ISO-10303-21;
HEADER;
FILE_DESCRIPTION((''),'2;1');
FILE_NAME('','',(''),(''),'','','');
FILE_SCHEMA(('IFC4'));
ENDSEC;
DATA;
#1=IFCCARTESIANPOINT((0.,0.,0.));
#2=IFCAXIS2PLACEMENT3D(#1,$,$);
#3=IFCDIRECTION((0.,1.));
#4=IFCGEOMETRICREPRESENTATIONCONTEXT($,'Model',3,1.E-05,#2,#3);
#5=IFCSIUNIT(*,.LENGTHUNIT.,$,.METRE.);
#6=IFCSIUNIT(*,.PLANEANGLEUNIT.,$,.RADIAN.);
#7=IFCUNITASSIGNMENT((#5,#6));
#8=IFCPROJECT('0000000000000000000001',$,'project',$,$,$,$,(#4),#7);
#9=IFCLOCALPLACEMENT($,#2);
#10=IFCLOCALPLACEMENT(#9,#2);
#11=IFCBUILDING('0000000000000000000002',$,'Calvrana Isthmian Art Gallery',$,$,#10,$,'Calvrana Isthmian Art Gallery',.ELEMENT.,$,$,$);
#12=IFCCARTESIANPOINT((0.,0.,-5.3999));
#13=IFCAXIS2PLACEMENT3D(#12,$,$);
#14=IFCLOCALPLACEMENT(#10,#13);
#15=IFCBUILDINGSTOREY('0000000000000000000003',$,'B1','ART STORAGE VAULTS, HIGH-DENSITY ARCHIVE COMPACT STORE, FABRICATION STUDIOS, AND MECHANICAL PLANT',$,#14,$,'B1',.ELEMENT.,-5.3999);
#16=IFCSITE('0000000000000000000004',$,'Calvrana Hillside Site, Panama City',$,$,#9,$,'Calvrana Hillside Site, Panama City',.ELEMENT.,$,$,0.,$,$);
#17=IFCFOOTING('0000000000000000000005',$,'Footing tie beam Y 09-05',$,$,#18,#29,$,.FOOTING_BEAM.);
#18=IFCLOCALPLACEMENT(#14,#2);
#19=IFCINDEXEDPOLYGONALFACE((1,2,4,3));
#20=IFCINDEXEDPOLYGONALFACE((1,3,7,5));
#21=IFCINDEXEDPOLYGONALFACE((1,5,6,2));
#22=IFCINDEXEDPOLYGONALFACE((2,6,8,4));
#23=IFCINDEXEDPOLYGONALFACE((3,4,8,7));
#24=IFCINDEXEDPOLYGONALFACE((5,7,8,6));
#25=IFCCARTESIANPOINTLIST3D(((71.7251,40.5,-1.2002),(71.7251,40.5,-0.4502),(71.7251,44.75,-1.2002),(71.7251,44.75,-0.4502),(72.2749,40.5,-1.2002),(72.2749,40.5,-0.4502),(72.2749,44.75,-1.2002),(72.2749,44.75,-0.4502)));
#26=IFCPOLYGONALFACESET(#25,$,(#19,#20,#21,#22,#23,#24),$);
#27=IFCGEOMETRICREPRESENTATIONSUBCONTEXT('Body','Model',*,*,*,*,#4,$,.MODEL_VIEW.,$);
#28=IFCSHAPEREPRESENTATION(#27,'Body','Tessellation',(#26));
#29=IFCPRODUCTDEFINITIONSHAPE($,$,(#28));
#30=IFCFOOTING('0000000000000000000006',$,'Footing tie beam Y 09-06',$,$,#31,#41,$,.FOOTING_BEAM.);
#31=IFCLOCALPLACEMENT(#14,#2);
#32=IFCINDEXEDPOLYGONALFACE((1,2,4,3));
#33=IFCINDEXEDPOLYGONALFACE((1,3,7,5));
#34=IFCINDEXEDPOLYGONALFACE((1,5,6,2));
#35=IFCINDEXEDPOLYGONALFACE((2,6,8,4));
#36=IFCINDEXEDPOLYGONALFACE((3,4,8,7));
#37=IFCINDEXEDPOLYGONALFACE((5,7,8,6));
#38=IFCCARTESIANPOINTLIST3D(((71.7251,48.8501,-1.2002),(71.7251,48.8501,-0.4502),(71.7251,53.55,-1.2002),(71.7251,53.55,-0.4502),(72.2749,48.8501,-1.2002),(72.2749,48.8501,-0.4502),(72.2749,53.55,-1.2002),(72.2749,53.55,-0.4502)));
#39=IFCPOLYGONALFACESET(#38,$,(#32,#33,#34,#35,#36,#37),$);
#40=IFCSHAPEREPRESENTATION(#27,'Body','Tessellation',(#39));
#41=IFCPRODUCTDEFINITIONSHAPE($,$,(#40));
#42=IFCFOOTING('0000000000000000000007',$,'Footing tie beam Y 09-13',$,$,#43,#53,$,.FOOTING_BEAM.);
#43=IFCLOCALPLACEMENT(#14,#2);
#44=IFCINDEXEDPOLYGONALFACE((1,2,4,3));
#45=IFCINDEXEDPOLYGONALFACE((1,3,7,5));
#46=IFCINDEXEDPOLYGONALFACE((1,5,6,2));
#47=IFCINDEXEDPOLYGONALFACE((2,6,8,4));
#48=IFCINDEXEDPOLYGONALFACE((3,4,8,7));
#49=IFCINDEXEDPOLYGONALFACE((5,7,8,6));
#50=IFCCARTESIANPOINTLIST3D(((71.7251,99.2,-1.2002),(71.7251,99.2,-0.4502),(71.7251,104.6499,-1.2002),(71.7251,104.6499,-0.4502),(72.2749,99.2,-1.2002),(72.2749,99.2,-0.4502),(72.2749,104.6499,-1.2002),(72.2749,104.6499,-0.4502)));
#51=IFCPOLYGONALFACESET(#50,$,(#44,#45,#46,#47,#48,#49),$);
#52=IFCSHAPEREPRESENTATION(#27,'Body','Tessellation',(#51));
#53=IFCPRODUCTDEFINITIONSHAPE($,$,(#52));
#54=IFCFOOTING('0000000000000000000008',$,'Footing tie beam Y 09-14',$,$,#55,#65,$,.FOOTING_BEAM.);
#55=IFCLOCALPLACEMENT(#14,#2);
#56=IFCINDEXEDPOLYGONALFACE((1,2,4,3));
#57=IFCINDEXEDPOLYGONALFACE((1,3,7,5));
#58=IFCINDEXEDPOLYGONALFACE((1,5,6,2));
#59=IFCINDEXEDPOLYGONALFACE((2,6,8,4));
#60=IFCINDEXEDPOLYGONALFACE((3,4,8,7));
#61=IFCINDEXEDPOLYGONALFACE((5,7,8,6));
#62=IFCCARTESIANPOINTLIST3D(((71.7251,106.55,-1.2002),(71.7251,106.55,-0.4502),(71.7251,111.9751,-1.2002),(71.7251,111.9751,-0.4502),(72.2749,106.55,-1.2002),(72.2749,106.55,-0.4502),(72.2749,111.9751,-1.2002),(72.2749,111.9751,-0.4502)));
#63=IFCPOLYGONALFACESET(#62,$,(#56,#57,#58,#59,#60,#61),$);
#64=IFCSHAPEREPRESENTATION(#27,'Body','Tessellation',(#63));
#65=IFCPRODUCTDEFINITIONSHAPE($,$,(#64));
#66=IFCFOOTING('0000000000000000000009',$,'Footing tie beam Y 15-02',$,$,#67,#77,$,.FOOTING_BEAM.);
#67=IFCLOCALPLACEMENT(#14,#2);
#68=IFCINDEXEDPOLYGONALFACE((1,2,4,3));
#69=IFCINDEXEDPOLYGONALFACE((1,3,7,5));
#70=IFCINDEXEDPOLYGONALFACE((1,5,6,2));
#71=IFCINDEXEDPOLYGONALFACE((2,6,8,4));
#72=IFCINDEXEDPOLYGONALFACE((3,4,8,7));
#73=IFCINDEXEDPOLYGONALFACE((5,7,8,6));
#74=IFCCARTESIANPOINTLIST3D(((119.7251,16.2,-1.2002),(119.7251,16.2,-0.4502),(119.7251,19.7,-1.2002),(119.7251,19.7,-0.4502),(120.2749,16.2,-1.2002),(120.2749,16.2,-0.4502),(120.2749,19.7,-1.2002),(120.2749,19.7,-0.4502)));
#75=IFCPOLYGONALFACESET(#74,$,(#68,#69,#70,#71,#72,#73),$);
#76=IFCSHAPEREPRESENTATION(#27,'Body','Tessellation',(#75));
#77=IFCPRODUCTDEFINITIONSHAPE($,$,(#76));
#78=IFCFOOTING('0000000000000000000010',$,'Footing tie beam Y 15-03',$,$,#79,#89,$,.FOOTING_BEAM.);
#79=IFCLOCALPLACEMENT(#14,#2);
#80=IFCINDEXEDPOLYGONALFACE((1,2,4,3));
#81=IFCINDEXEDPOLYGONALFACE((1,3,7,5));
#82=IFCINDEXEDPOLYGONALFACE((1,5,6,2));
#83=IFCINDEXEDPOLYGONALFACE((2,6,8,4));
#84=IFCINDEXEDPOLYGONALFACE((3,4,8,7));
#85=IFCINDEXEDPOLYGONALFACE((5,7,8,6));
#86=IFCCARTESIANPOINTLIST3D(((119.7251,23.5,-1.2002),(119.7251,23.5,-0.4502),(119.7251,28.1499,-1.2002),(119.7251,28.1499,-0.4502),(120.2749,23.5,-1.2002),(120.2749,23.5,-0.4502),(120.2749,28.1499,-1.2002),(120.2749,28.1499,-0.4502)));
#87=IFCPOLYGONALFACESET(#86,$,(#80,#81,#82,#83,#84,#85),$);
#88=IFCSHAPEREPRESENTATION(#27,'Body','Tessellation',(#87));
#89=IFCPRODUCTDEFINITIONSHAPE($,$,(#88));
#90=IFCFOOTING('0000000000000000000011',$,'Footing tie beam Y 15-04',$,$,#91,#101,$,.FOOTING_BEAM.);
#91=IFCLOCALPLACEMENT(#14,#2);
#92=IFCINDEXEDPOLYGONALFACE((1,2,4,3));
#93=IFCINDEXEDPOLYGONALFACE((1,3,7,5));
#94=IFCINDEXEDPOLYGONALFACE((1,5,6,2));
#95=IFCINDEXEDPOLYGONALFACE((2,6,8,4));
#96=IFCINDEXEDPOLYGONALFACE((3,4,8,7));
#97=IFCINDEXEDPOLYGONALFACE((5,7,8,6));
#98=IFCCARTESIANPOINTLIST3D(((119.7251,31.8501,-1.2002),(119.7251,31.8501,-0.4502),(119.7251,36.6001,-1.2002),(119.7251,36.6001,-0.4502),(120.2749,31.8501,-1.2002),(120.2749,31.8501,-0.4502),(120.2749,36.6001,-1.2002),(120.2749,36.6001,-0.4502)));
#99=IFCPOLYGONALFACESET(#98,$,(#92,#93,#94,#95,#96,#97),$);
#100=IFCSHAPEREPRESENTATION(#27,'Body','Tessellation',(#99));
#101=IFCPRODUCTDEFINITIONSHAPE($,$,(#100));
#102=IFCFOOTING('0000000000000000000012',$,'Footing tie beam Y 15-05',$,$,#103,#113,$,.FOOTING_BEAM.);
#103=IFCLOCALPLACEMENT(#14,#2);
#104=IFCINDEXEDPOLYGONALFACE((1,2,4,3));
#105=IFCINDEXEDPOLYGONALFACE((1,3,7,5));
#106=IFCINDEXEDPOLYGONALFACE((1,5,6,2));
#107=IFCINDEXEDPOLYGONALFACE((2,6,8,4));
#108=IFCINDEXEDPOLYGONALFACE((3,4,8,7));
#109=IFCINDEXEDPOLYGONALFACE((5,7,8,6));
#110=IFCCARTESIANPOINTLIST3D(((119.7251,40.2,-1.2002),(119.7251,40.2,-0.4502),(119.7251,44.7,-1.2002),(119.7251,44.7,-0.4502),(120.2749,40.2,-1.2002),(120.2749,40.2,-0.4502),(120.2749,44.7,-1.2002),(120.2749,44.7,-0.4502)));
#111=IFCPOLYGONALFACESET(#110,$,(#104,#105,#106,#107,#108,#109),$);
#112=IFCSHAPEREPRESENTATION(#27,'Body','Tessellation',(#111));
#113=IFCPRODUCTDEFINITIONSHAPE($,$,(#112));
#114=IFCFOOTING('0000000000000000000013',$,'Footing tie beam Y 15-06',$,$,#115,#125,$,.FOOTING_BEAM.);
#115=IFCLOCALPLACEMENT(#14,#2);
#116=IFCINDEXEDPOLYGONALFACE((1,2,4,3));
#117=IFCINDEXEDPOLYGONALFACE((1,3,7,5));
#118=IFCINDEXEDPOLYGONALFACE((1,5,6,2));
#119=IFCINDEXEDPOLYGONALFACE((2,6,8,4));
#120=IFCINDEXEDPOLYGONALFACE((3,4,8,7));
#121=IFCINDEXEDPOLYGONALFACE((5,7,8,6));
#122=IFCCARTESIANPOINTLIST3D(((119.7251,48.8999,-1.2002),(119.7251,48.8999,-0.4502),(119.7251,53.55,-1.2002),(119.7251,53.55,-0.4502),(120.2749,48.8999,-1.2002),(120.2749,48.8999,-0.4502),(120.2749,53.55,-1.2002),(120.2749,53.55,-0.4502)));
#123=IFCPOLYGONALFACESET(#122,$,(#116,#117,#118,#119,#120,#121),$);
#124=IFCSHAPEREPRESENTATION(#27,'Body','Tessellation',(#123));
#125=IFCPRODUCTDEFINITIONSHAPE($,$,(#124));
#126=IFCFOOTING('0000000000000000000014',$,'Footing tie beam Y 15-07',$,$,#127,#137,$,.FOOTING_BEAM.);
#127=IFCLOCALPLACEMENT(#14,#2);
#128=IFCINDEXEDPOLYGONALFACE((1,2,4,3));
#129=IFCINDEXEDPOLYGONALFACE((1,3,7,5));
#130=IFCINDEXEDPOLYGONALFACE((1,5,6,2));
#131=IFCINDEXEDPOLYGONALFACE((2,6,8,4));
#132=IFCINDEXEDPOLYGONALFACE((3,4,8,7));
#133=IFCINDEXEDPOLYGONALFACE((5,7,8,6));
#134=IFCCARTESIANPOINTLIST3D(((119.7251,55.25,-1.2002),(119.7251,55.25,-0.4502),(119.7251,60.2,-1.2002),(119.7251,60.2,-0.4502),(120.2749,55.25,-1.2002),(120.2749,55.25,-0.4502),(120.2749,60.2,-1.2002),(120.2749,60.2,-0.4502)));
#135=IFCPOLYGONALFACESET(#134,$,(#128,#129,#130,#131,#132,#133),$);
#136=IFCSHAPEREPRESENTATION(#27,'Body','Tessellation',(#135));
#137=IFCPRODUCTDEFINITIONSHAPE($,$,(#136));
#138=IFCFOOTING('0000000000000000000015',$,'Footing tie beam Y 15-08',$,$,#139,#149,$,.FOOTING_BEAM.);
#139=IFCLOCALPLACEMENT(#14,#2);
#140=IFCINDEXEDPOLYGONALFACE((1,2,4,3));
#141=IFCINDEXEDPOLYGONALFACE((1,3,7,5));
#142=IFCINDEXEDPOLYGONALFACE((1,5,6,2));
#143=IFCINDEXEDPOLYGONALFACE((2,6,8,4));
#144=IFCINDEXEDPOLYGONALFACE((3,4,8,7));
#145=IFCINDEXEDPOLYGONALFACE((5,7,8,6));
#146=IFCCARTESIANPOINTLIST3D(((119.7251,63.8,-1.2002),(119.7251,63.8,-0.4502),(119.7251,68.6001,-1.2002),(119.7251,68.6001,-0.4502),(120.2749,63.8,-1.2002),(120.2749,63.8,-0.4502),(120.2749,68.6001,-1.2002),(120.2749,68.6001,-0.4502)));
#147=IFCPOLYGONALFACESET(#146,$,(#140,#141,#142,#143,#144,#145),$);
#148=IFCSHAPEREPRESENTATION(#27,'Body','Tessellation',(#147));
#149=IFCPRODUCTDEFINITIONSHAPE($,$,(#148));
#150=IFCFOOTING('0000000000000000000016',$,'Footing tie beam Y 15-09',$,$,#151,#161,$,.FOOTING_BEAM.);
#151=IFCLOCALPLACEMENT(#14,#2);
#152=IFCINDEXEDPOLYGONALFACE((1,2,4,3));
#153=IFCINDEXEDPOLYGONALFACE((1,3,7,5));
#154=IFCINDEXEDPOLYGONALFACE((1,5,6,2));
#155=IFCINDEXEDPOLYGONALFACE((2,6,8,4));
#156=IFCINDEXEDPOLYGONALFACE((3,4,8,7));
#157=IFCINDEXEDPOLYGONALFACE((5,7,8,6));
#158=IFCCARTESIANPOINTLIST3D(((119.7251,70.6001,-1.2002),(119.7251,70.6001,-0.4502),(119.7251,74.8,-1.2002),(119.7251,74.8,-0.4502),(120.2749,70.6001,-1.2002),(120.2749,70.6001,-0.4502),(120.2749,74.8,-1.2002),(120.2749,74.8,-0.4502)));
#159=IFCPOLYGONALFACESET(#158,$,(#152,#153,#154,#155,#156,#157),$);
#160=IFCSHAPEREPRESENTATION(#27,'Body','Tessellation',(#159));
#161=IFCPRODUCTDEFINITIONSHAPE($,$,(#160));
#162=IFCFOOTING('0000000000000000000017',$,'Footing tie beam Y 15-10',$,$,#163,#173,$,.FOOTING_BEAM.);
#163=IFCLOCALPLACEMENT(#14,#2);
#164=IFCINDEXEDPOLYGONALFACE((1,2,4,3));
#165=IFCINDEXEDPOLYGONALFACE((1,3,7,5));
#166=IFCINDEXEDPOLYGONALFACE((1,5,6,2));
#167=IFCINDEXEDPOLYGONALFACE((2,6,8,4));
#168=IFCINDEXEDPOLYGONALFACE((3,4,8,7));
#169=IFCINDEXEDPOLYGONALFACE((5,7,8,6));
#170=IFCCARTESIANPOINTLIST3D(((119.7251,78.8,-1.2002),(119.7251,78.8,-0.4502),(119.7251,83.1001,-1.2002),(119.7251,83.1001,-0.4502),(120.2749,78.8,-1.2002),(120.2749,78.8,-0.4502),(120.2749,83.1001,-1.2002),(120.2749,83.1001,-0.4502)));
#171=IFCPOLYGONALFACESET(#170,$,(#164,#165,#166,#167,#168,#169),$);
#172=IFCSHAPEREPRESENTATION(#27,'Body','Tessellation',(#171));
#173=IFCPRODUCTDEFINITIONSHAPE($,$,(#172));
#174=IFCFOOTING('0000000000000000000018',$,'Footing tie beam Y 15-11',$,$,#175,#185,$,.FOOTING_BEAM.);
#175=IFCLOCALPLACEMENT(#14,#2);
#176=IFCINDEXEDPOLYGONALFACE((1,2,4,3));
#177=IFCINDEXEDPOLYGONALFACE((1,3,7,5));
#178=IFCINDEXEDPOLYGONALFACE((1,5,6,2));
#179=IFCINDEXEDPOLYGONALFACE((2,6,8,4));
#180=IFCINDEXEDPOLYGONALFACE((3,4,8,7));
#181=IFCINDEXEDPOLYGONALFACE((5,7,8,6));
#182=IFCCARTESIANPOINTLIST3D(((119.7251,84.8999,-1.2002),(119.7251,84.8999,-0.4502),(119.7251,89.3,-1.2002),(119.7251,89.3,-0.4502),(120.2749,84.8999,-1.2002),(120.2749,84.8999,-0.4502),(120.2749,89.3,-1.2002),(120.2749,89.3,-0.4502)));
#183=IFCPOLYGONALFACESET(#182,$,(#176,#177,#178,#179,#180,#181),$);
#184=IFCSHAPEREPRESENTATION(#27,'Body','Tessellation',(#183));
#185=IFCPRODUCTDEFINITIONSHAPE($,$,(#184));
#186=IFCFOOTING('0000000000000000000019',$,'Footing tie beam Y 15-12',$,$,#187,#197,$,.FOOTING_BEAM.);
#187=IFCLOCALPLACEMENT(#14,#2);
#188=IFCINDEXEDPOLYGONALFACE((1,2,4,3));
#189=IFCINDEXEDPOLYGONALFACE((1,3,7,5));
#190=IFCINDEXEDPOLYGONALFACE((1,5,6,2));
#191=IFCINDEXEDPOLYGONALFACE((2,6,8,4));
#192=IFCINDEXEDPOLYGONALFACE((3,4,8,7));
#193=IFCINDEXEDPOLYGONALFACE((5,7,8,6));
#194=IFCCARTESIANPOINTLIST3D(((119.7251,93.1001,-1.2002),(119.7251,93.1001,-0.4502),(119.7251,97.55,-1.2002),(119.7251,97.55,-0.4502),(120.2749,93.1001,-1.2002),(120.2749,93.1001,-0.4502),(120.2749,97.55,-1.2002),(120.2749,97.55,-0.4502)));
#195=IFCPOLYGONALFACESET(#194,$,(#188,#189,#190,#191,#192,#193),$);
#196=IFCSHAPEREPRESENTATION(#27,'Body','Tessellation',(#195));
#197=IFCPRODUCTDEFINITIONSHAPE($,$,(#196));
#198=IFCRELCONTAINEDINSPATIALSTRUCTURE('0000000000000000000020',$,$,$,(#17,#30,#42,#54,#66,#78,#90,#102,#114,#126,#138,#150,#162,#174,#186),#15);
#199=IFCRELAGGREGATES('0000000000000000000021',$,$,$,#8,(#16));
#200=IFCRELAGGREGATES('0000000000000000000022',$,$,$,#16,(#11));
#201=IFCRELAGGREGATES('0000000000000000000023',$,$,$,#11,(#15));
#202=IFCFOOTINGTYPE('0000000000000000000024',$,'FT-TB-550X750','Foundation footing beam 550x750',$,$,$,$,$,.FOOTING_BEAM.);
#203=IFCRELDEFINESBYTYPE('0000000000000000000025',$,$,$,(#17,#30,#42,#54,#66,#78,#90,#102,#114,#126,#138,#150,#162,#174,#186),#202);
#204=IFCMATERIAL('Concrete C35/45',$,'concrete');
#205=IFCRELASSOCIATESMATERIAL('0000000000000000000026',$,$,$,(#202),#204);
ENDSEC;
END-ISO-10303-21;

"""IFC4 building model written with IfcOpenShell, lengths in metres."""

from ifc_helpers import new_model, si_unit, direction, frame, origin, place, context, subcontext, project, spatial, polyline, outline, extrude, material, type_object, element, save


model = new_model("IFC4")

# Units and contexts
model_context = context("Model", 3, precision=1e-05, world=origin(), true_north=direction((0.0, 1.0)))
body_context = subcontext(model_context, "Body", "Model", "MODEL_VIEW")
ifc_project = project(units=[si_unit("LENGTHUNIT", "METRE"), si_unit("PLANEANGLEUNIT", "RADIAN")], contexts=[model_context])

# Site, building, storey
site_placement = place(None, origin())
site = spatial("IfcSite", under=ifc_project, at=site_placement, Name="Calvrana Hillside Site, Panama City", LongName="Calvrana Hillside Site, Panama City", CompositionType="ELEMENT", RefElevation=0.0)
building_placement = place(site_placement, origin())
building = spatial("IfcBuilding", under=site, at=building_placement, Name="Calvrana Isthmian Art Gallery", LongName="Calvrana Isthmian Art Gallery", CompositionType="ELEMENT")
storey_placement = place(building_placement, frame((0.0, 0.0, -5.3999)))
storey = spatial("IfcBuildingStorey", under=building, at=storey_placement, Name="B1", Description="ART STORAGE VAULTS, HIGH-DENSITY ARCHIVE COMPACT STORE, FABRICATION STUDIOS, AND MECHANICAL PLANT", LongName="B1", CompositionType="ELEMENT", Elevation=-5.3999)

# Footings
ifc_material = material(Name="Concrete C35/45", Category="concrete")
footing_type = type_object("IfcFootingType", Name="FT-TB-550X750", Description="Foundation footing beam 550x750", PredefinedType="FOOTING_BEAM", material=ifc_material)
footing_1_placement = place(storey_placement, frame((0.0, 0.0, -1.2002)))
element("IfcFooting", 1, at=footing_1_placement, inside=storey, type_object=footing_type, Name="Footing tie beam Y 09-05", PredefinedType="FOOTING_BEAM", context=body_context, shape_type="SweptSolid", body=[
    extrude(outline(polyline([(71.7251, 40.5), (72.2749, 40.5), (72.2749, 44.75), (71.7251, 44.75), (71.7251, 40.5)])), origin(), (0.0, 0.0, 1.0), 0.75),
])
footing_2_placement = place(storey_placement, frame((0.0, 0.0, -1.2002)))
element("IfcFooting", 2, at=footing_2_placement, inside=storey, type_object=footing_type, Name="Footing tie beam Y 09-06", PredefinedType="FOOTING_BEAM", context=body_context, shape_type="SweptSolid", body=[
    extrude(outline(polyline([(71.7251, 48.8501), (72.2749, 48.8501), (72.2749, 53.55), (71.7251, 53.55), (71.7251, 48.8501)])), origin(), (0.0, 0.0, 1.0), 0.75),
])
footing_3_placement = place(storey_placement, frame((0.0, 0.0, -1.2002)))
element("IfcFooting", 3, at=footing_3_placement, inside=storey, type_object=footing_type, Name="Footing tie beam Y 09-13", PredefinedType="FOOTING_BEAM", context=body_context, shape_type="SweptSolid", body=[
    extrude(outline(polyline([(71.7251, 99.2), (72.2749, 99.2), (72.2749, 104.6499), (71.7251, 104.6499), (71.7251, 99.2)])), origin(), (0.0, 0.0, 1.0), 0.75),
])
footing_4_placement = place(storey_placement, frame((0.0, 0.0, -1.2002)))
element("IfcFooting", 4, at=footing_4_placement, inside=storey, type_object=footing_type, Name="Footing tie beam Y 09-14", PredefinedType="FOOTING_BEAM", context=body_context, shape_type="SweptSolid", body=[
    extrude(outline(polyline([(71.7251, 106.55), (72.2749, 106.55), (72.2749, 111.9751), (71.7251, 111.9751), (71.7251, 106.55)])), origin(), (0.0, 0.0, 1.0), 0.75),
])
footing_5_placement = place(storey_placement, frame((0.0, 0.0, -1.2002)))
element("IfcFooting", 5, at=footing_5_placement, inside=storey, type_object=footing_type, Name="Footing tie beam Y 15-02", PredefinedType="FOOTING_BEAM", context=body_context, shape_type="SweptSolid", body=[
    extrude(outline(polyline([(119.7251, 16.2), (120.2749, 16.2), (120.2749, 19.7), (119.7251, 19.7), (119.7251, 16.2)])), origin(), (0.0, 0.0, 1.0), 0.75),
])
footing_6_placement = place(storey_placement, frame((0.0, 0.0, -1.2002)))
element("IfcFooting", 6, at=footing_6_placement, inside=storey, type_object=footing_type, Name="Footing tie beam Y 15-03", PredefinedType="FOOTING_BEAM", context=body_context, shape_type="SweptSolid", body=[
    extrude(outline(polyline([(119.7251, 23.5), (120.2749, 23.5), (120.2749, 28.1499), (119.7251, 28.1499), (119.7251, 23.5)])), origin(), (0.0, 0.0, 1.0), 0.75),
])
footing_7_placement = place(storey_placement, frame((0.0, 0.0, -1.2002)))
element("IfcFooting", 7, at=footing_7_placement, inside=storey, type_object=footing_type, Name="Footing tie beam Y 15-04", PredefinedType="FOOTING_BEAM", context=body_context, shape_type="SweptSolid", body=[
    extrude(outline(polyline([(119.7251, 31.8501), (120.2749, 31.8501), (120.2749, 36.6001), (119.7251, 36.6001), (119.7251, 31.8501)])), origin(), (0.0, 0.0, 1.0), 0.75),
])
footing_8_placement = place(storey_placement, frame((0.0, 0.0, -1.2002)))
element("IfcFooting", 8, at=footing_8_placement, inside=storey, type_object=footing_type, Name="Footing tie beam Y 15-05", PredefinedType="FOOTING_BEAM", context=body_context, shape_type="SweptSolid", body=[
    extrude(outline(polyline([(119.7251, 40.2), (120.2749, 40.2), (120.2749, 44.7), (119.7251, 44.7), (119.7251, 40.2)])), origin(), (0.0, 0.0, 1.0), 0.75),
])
footing_9_placement = place(storey_placement, frame((0.0, 0.0, -1.2002)))
element("IfcFooting", 9, at=footing_9_placement, inside=storey, type_object=footing_type, Name="Footing tie beam Y 15-06", PredefinedType="FOOTING_BEAM", context=body_context, shape_type="SweptSolid", body=[
    extrude(outline(polyline([(119.7251, 48.8999), (120.2749, 48.8999), (120.2749, 53.55), (119.7251, 53.55), (119.7251, 48.8999)])), origin(), (0.0, 0.0, 1.0), 0.75),
])
footing_10_placement = place(storey_placement, frame((0.0, 0.0, -1.2002)))
element("IfcFooting", 10, at=footing_10_placement, inside=storey, type_object=footing_type, Name="Footing tie beam Y 15-07", PredefinedType="FOOTING_BEAM", context=body_context, shape_type="SweptSolid", body=[
    extrude(outline(polyline([(119.7251, 55.25), (120.2749, 55.25), (120.2749, 60.2), (119.7251, 60.2), (119.7251, 55.25)])), origin(), (0.0, 0.0, 1.0), 0.75),
])
footing_11_placement = place(storey_placement, frame((0.0, 0.0, -1.2002)))
element("IfcFooting", 11, at=footing_11_placement, inside=storey, type_object=footing_type, Name="Footing tie beam Y 15-08", PredefinedType="FOOTING_BEAM", context=body_context, shape_type="SweptSolid", body=[
    extrude(outline(polyline([(119.7251, 63.8), (120.2749, 63.8), (120.2749, 68.6001), (119.7251, 68.6001), (119.7251, 63.8)])), origin(), (0.0, 0.0, 1.0), 0.75),
])
footing_12_placement = place(storey_placement, frame((0.0, 0.0, -1.2002)))
element("IfcFooting", 12, at=footing_12_placement, inside=storey, type_object=footing_type, Name="Footing tie beam Y 15-09", PredefinedType="FOOTING_BEAM", context=body_context, shape_type="SweptSolid", body=[
    extrude(outline(polyline([(119.7251, 70.6001), (120.2749, 70.6001), (120.2749, 74.8), (119.7251, 74.8), (119.7251, 70.6001)])), origin(), (0.0, 0.0, 1.0), 0.75),
])
footing_13_placement = place(storey_placement, frame((0.0, 0.0, -1.2002)))
element("IfcFooting", 13, at=footing_13_placement, inside=storey, type_object=footing_type, Name="Footing tie beam Y 15-10", PredefinedType="FOOTING_BEAM", context=body_context, shape_type="SweptSolid", body=[
    extrude(outline(polyline([(119.7251, 78.8), (120.2749, 78.8), (120.2749, 83.1001), (119.7251, 83.1001), (119.7251, 78.8)])), origin(), (0.0, 0.0, 1.0), 0.75),
])
footing_14_placement = place(storey_placement, frame((0.0, 0.0, -1.2002)))
element("IfcFooting", 14, at=footing_14_placement, inside=storey, type_object=footing_type, Name="Footing tie beam Y 15-11", PredefinedType="FOOTING_BEAM", context=body_context, shape_type="SweptSolid", body=[
    extrude(outline(polyline([(119.7251, 84.8999), (120.2749, 84.8999), (120.2749, 89.3), (119.7251, 89.3), (119.7251, 84.8999)])), origin(), (0.0, 0.0, 1.0), 0.75),
])
footing_15_placement = place(storey_placement, frame((0.0, 0.0, -1.2002)))
element("IfcFooting", 15, at=footing_15_placement, inside=storey, type_object=footing_type, Name="Footing tie beam Y 15-12", PredefinedType="FOOTING_BEAM", context=body_context, shape_type="SweptSolid", body=[
    extrude(outline(polyline([(119.7251, 93.1001), (120.2749, 93.1001), (120.2749, 97.55), (119.7251, 97.55), (119.7251, 93.1001)])), origin(), (0.0, 0.0, 1.0), 0.75),
])

save(model, "model.ifc")
